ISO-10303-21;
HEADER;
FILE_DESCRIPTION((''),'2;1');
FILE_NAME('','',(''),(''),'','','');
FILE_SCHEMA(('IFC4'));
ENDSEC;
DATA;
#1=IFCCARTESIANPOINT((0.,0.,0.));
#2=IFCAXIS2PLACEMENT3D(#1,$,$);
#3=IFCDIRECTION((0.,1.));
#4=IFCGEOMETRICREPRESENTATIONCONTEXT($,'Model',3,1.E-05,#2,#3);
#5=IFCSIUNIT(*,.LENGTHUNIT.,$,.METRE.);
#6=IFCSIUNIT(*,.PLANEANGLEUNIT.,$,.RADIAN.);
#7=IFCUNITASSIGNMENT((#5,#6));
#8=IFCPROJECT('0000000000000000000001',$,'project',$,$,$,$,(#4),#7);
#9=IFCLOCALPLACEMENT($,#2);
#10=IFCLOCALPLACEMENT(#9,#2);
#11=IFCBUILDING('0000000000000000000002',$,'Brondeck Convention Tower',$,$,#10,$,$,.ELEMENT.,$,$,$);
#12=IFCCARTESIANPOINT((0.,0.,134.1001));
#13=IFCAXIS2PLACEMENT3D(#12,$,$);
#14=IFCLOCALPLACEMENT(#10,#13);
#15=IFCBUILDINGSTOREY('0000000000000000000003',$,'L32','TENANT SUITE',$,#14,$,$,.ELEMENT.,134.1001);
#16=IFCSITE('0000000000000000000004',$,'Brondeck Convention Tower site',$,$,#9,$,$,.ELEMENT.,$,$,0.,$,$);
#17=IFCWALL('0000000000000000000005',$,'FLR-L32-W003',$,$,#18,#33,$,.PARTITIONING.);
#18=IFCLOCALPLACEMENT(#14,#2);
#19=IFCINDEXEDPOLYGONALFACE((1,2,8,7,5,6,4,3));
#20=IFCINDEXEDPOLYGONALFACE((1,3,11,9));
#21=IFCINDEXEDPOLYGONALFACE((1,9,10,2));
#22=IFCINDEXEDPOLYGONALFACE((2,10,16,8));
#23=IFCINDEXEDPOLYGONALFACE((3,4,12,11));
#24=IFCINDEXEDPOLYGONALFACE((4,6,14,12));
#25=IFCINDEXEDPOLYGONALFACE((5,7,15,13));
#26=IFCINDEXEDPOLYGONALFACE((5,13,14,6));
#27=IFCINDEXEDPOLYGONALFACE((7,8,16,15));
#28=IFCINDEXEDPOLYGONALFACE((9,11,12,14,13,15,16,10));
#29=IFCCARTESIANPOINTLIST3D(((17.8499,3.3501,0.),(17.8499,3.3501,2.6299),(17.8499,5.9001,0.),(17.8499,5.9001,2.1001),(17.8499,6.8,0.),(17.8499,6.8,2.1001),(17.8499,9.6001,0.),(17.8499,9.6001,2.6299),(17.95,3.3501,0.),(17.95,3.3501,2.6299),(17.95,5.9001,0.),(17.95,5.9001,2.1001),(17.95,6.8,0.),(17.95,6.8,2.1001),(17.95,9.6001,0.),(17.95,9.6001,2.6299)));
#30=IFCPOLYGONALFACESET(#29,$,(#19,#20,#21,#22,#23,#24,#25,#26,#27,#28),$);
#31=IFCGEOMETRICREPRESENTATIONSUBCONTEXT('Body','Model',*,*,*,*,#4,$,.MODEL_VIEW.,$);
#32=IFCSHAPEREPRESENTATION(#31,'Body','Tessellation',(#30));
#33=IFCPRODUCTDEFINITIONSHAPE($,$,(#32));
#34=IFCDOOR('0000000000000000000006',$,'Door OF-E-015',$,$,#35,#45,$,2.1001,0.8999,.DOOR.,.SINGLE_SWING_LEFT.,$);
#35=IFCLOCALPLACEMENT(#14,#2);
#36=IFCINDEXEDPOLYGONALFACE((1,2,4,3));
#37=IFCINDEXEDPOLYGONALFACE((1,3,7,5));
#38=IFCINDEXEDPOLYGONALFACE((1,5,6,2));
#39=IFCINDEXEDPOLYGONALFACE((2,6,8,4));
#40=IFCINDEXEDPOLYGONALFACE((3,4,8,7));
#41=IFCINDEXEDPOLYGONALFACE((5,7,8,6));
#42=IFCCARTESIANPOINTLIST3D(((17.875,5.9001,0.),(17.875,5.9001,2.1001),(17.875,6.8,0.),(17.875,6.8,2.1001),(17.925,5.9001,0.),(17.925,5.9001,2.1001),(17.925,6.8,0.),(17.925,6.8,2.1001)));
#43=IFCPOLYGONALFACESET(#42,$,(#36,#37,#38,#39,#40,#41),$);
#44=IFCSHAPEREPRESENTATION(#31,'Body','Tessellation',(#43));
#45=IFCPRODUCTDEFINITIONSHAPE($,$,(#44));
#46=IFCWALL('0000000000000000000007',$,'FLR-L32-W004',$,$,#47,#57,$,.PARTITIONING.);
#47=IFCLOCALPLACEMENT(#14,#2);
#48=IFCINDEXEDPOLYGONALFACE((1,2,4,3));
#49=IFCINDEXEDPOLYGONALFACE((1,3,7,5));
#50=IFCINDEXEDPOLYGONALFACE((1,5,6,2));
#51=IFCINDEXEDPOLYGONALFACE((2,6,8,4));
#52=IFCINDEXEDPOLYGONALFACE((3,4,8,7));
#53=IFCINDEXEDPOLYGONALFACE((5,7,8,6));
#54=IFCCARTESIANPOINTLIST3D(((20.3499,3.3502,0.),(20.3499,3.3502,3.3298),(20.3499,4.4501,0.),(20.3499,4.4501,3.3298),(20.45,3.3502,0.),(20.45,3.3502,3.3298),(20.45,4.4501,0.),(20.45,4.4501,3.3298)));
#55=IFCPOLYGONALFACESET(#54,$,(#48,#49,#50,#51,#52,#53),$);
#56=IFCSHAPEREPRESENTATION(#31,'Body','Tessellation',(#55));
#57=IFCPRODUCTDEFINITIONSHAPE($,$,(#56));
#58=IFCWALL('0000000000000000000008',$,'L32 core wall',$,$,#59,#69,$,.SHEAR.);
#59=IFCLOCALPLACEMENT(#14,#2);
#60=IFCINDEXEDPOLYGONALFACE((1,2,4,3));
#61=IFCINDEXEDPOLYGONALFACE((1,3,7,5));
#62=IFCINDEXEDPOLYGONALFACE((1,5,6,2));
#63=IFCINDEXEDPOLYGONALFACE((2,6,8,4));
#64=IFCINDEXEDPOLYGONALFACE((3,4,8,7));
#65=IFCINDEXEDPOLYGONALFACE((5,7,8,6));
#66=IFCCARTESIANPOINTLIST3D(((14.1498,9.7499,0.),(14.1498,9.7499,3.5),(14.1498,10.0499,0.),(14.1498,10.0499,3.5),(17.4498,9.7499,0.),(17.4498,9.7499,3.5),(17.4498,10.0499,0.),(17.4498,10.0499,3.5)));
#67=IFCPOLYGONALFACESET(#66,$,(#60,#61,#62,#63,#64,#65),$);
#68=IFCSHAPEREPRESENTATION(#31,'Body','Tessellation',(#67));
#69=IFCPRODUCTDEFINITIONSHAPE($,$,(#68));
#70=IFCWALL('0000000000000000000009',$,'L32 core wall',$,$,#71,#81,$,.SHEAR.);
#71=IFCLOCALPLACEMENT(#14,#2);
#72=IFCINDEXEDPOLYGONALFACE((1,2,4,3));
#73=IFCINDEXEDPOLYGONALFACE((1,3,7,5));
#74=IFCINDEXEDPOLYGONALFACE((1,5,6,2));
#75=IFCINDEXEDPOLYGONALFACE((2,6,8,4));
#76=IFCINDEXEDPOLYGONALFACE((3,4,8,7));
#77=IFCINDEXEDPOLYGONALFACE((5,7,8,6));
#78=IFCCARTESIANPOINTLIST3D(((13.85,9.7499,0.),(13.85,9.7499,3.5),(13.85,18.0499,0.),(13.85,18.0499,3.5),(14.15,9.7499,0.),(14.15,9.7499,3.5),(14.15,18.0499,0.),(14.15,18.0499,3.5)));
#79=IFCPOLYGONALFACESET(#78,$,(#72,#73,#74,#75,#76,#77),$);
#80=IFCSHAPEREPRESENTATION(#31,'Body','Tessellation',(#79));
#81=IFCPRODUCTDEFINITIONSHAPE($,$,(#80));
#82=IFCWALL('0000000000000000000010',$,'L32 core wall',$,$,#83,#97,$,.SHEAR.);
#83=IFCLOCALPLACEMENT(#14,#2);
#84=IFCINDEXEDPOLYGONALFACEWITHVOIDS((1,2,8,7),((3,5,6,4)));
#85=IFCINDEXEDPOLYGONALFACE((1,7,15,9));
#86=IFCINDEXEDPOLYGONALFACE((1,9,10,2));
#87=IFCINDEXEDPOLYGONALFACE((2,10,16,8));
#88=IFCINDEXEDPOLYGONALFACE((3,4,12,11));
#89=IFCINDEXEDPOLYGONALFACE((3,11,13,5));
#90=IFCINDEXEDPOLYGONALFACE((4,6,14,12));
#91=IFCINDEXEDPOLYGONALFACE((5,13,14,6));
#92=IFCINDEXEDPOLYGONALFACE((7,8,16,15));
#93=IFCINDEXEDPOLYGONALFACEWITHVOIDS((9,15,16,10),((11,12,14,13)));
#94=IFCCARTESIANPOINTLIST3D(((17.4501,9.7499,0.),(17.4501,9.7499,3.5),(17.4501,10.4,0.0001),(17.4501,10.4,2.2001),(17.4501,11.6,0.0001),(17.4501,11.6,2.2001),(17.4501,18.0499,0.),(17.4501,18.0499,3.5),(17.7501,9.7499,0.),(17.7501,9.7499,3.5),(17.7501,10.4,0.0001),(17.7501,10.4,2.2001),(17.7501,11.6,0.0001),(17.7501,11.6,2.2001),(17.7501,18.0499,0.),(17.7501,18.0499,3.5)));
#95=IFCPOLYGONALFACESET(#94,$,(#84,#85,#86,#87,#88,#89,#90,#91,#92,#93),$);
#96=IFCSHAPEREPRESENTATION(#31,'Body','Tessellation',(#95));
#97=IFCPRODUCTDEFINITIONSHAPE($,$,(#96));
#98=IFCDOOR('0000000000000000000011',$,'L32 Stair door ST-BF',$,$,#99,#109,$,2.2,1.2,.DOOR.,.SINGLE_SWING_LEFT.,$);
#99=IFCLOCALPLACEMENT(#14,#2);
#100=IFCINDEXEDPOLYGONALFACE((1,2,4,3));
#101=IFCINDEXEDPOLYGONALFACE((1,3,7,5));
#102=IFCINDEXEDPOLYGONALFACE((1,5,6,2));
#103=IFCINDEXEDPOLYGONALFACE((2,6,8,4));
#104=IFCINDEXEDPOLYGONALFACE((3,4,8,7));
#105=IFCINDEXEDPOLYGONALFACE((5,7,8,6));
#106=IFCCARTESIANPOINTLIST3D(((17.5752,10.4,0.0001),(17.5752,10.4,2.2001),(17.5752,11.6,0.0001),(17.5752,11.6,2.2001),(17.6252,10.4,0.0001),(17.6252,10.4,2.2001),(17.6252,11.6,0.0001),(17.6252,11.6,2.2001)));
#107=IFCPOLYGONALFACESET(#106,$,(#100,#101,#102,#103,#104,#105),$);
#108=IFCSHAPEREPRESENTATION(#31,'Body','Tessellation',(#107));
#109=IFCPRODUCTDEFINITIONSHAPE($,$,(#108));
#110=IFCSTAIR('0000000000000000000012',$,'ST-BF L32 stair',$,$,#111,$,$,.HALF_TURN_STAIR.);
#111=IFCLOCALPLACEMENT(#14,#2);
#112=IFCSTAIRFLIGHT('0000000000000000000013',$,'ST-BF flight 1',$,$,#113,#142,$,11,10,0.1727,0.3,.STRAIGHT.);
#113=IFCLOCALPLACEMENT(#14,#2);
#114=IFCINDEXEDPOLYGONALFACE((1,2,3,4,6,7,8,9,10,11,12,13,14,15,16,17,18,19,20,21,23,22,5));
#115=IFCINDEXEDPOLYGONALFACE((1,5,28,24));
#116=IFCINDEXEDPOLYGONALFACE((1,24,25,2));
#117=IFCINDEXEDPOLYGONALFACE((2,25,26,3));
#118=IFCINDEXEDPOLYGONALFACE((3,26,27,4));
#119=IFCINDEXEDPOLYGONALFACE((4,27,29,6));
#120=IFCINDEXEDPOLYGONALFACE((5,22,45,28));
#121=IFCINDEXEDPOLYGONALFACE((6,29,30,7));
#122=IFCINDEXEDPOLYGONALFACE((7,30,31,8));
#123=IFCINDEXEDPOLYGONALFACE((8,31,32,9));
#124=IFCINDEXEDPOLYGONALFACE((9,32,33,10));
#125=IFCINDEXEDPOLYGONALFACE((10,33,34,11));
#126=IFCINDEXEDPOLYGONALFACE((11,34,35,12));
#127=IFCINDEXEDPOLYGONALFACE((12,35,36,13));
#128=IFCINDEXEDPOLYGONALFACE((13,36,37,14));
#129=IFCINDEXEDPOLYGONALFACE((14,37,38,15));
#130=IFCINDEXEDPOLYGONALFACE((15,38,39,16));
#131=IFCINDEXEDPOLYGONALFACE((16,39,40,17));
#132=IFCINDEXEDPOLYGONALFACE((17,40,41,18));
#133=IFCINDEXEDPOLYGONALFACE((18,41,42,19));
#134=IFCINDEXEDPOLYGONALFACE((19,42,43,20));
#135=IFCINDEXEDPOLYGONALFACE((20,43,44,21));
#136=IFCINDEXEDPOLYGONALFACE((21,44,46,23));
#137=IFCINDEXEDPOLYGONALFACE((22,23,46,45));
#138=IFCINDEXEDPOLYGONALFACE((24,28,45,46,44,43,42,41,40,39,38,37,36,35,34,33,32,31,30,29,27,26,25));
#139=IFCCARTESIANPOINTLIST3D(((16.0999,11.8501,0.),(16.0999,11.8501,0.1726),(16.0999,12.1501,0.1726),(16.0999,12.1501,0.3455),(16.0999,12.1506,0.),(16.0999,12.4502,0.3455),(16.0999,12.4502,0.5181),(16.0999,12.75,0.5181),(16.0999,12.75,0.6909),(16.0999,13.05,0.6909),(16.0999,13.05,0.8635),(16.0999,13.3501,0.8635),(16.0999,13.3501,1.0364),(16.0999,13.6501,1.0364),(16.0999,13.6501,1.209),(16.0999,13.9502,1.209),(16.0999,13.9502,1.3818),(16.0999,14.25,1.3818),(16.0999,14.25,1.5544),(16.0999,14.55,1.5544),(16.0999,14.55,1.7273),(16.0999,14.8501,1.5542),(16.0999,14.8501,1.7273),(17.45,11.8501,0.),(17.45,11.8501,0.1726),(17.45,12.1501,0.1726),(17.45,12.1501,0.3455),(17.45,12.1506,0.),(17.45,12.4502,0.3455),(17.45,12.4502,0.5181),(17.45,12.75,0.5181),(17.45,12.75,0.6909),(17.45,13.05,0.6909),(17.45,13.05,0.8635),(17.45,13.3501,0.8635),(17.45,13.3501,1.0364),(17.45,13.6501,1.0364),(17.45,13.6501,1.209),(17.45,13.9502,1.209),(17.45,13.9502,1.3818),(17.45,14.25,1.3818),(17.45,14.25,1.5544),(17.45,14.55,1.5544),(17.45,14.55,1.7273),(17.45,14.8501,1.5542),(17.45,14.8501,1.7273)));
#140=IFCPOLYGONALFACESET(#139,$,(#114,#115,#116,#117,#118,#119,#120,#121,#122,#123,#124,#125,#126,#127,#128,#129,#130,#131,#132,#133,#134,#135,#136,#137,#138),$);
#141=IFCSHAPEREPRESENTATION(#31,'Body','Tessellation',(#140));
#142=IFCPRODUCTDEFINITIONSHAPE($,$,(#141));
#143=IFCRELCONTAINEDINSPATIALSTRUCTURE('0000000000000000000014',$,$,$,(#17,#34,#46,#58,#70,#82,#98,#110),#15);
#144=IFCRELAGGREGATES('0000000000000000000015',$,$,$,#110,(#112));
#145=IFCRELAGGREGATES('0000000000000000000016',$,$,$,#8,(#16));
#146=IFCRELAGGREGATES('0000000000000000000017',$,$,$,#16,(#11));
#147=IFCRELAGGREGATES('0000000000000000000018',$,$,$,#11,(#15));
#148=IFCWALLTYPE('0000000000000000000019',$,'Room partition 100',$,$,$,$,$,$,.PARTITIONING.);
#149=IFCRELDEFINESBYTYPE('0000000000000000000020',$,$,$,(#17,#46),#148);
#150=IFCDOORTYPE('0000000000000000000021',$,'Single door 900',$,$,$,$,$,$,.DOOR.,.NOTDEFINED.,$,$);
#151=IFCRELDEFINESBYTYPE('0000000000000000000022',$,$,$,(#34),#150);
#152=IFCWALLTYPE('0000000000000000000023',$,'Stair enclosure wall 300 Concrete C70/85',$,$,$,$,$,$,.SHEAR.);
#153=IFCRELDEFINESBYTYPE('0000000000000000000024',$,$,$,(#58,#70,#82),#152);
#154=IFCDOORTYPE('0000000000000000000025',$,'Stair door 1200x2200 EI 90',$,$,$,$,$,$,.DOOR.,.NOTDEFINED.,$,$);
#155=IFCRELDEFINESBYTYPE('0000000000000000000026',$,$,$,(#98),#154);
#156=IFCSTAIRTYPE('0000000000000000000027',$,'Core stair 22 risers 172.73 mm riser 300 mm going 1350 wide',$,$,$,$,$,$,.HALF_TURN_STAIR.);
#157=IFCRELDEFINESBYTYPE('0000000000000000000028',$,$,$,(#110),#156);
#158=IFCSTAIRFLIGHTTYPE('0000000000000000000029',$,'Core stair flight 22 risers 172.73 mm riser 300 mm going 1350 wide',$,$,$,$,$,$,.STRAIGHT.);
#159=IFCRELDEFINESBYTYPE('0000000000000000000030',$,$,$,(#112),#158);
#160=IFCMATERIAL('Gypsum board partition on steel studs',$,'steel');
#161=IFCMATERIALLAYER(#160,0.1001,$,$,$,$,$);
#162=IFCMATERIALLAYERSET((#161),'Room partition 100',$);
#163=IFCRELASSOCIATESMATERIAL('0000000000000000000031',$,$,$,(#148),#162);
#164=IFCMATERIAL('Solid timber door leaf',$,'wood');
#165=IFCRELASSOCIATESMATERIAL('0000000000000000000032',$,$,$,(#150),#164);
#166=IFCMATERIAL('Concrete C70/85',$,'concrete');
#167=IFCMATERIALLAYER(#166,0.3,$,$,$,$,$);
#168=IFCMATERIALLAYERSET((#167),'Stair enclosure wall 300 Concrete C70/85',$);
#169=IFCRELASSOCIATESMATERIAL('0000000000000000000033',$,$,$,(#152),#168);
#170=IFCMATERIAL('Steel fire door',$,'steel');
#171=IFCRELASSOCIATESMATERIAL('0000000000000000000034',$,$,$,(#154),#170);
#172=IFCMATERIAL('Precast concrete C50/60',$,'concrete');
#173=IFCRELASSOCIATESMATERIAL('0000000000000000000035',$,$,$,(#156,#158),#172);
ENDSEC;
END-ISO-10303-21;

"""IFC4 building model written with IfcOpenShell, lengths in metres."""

from ifc_helpers import new_model, si_unit, direction, frame, frame_2d, origin, place, context, subcontext, project, spatial, polyline, rectangle, outline, extrude, material, layer, layer_set, type_object, element, fill, aggregate, save


model = new_model("IFC4")

# Units and contexts
model_context = context("Model", 3, precision=1e-05, world=origin(), true_north=direction((0.0, 1.0)))
body_context = subcontext(model_context, "Body", "Model", "MODEL_VIEW")
ifc_project = project(units=[si_unit("LENGTHUNIT", "METRE"), si_unit("PLANEANGLEUNIT", "RADIAN")], contexts=[model_context])

# Site, building, storey
site_placement = place(None, origin())
site = spatial("IfcSite", under=ifc_project, at=site_placement, Name="Brondeck Convention Tower site", CompositionType="ELEMENT", RefElevation=0.0)
building_placement = place(site_placement, origin())
building = spatial("IfcBuilding", under=site, at=building_placement, Name="Brondeck Convention Tower", CompositionType="ELEMENT")
storey_placement = place(building_placement, frame((0.0, 0.0, 134.1001)))
storey = spatial("IfcBuildingStorey", under=building, at=storey_placement, Name="L32", Description="TENANT SUITE", CompositionType="ELEMENT", Elevation=134.1001)

# Shared definitions
ifc_material_1 = material(Name="Concrete C70/85", Category="concrete")

# Shared definitions
ifc_material_2 = material(Name="Gypsum board partition on steel studs", Category="steel")
ifc_layer_1 = layer(ifc_material_2, 0.1001)
ifc_layer_set_1 = layer_set([ifc_layer_1], Name="Room partition 100")
wall_type_1 = type_object("IfcWallType", Name="Room partition 100", PredefinedType="PARTITIONING", material=ifc_layer_set_1)

# Wall, opening, door
wall_1_placement = place(storey_placement, frame((17.8999, 3.3501, 0.0), z_axis=(0.0, 0.0, 1.0), x_axis=(0.0, 1.0, 0.0)))
wall_1 = element("IfcWall", 1, at=wall_1_placement, inside=storey, type_object=wall_type_1, Name="FLR-L32-W003", PredefinedType="PARTITIONING", context=body_context, shape_type="SweptSolid", body=[
    extrude(rectangle(XDim=6.25, YDim=0.1001, at=frame_2d((3.125, 0.0))), origin(), (0.0, 0.0, 1.0), 2.6299),
])
opening_1_placement = place(wall_1_placement, frame((2.55, 0.0, 0.0)))
opening_1 = element("IfcOpeningElement", 2, at=opening_1_placement, cuts=wall_1, PredefinedType="OPENING", context=body_context, shape_type="SweptSolid", body=[
    extrude(rectangle(XDim=0.8999, YDim=2.1001, at=frame_2d((0.45, 1.05))), frame((0.0, 0.0601, 0.0), z_axis=(0.0, -1.0, 0.0), x_axis=(1.0, 0.0, 0.0)), (0.0, 0.0, 1.0), 0.1201),
])
ifc_material_3 = material(Name="Solid timber door leaf", Category="wood")
door_type_1 = type_object("IfcDoorType", Name="Single door 900", OperationType="NOTDEFINED", PredefinedType="DOOR", material=ifc_material_3)
door_1_placement = place(opening_1_placement, origin())
door_1 = element("IfcDoor", 3, at=door_1_placement, inside=storey, type_object=door_type_1, Name="Door OF-E-015", OperationType="SINGLE_SWING_LEFT", OverallHeight=2.1001, OverallWidth=0.8999, PredefinedType="DOOR", context=body_context, shape_type="SweptSolid", body=[
    extrude(rectangle(XDim=0.8999, YDim=2.1001, at=frame_2d((0.45, 1.05))), frame((0.0, 0.0249, 0.0), z_axis=(0.0, -1.0, 0.0), x_axis=(1.0, 0.0, 0.0)), (0.0, 0.0, 1.0), 0.05),
])
fill(opening_1, door_1)

# Walls
wall_2_placement = place(storey_placement, frame((20.3999, 4.45, 0.0), z_axis=(0.0, 0.0, 1.0), x_axis=(0.0, -1.0, 0.0)))
element("IfcWall", 4, at=wall_2_placement, inside=storey, type_object=wall_type_1, Name="FLR-L32-W004", PredefinedType="PARTITIONING", context=body_context, shape_type="SweptSolid", body=[
    extrude(rectangle(XDim=1.0999, YDim=0.1001, at=frame_2d((0.5498, 0.0))), origin(), (0.0, 0.0, 1.0), 3.3298),
])
ifc_layer_2 = layer(ifc_material_1, 0.3)
ifc_layer_set_2 = layer_set([ifc_layer_2], Name="Stair enclosure wall 300 Concrete C70/85")
wall_type_2 = type_object("IfcWallType", Name="Stair enclosure wall 300 Concrete C70/85", PredefinedType="SHEAR", material=ifc_layer_set_2)
wall_3_placement = place(storey_placement, frame((14.1499, 9.8999, 0.0), z_axis=(0.0, 0.0, 1.0), x_axis=(1.0, 0.0, 0.0)))
element("IfcWall", 5, at=wall_3_placement, inside=storey, type_object=wall_type_2, Name="L32 core wall", PredefinedType="SHEAR", context=body_context, shape_type="SweptSolid", body=[
    extrude(rectangle(XDim=3.3, YDim=0.3, at=frame_2d((1.6499, 0.0))), origin(), (0.0, 0.0, 1.0), 3.5),
])
wall_4_placement = place(storey_placement, frame((14.0, 9.75, 0.0), z_axis=(0.0, 0.0, 1.0), x_axis=(0.0, 1.0, 0.0)))
element("IfcWall", 6, at=wall_4_placement, inside=storey, type_object=wall_type_2, Name="L32 core wall", PredefinedType="SHEAR", context=body_context, shape_type="SweptSolid", body=[
    extrude(rectangle(XDim=8.3, YDim=0.3, at=frame_2d((4.1499, 0.0))), origin(), (0.0, 0.0, 1.0), 3.5),
])

# Wall, opening, door
wall_5_placement = place(storey_placement, frame((17.6001, 9.75, 0.0), z_axis=(0.0, 0.0, 1.0), x_axis=(0.0, 1.0, 0.0)))
wall_5 = element("IfcWall", 7, at=wall_5_placement, inside=storey, type_object=wall_type_2, Name="L32 core wall", PredefinedType="SHEAR", context=body_context, shape_type="SweptSolid", body=[
    extrude(rectangle(XDim=8.3, YDim=0.3, at=frame_2d((4.1499, 0.0))), origin(), (0.0, 0.0, 1.0), 3.5),
])
opening_2_placement = place(wall_5_placement, frame((0.6499, 0.0, 0.0)))
opening_2 = element("IfcOpeningElement", 8, at=opening_2_placement, cuts=wall_5, PredefinedType="OPENING", context=body_context, shape_type="SweptSolid", body=[
    extrude(rectangle(XDim=1.2, YDim=2.2, at=frame_2d((0.6001, 1.1001))), frame((0.0, 0.1599, 0.0), z_axis=(0.0, -1.0, 0.0), x_axis=(1.0, 0.0, 0.0)), (0.0, 0.0, 1.0), 0.3201),
])
ifc_material_4 = material(Name="Steel fire door", Category="steel")
door_type_2 = type_object("IfcDoorType", Name="Stair door 1200x2200 EI 90", OperationType="NOTDEFINED", PredefinedType="DOOR", material=ifc_material_4)
door_2_placement = place(opening_2_placement, origin())
door_2 = element("IfcDoor", 9, at=door_2_placement, inside=storey, type_object=door_type_2, Name="L32 Stair door ST-BF", OperationType="SINGLE_SWING_LEFT", OverallHeight=2.2, OverallWidth=1.2, PredefinedType="DOOR", context=body_context, shape_type="SweptSolid", body=[
    extrude(rectangle(XDim=1.2, YDim=2.2, at=frame_2d((0.6001, 1.1001))), frame((0.0, 0.0249, 0.0), z_axis=(0.0, -1.0, 0.0), x_axis=(1.0, 0.0, 0.0)), (0.0, 0.0, 1.0), 0.05),
])
fill(opening_2, door_2)

# Stair, stair flight
ifc_material_5 = material(Name="Precast concrete C50/60", Category="concrete")
stair_type = type_object("IfcStairType", Name="Core stair 22 risers 172.73 mm riser 300 mm going 1350 wide", PredefinedType="HALF_TURN_STAIR", material=ifc_material_5)
stair_placement = place(storey_placement, origin())
stair = element("IfcStair", 10, at=stair_placement, inside=storey, type_object=stair_type, Name="ST-BF L32 stair", PredefinedType="HALF_TURN_STAIR")
stair_flight_type = type_object("IfcStairFlightType", Name="Core stair flight 22 risers 172.73 mm riser 300 mm going 1350 wide", PredefinedType="STRAIGHT", material=ifc_material_5)
stair_flight_placement = place(storey_placement, frame((16.7749, 11.8501, 0.0), z_axis=(0.0, 0.0, 1.0), x_axis=(0.0, 1.0, 0.0)))
stair_flight = element("IfcStairFlight", 11, at=stair_flight_placement, type_object=stair_flight_type, Name="ST-BF flight 1", NumberOfRisers=11, NumberOfTreads=10, PredefinedType="STRAIGHT", RiserHeight=0.1727, TreadLength=0.3, context=body_context, shape_type="SweptSolid", body=[
    extrude(outline(polyline([(0.0, 0.0), (0.0, 0.1726), (0.3, 0.1726), (0.3, 0.3455), (0.6001, 0.3455), (0.6001, 0.5181), (0.8999, 0.5181), (0.8999, 0.6909), (1.2, 0.6909), (1.2, 0.8635), (1.5, 0.8635), (1.5, 1.0364), (1.8, 1.0364), (1.8, 1.209), (2.1001, 1.209), (2.1001, 1.3818), (2.3999, 1.3818), (2.3999, 1.5544), (2.7, 1.5544), (2.7, 1.7273), (3.0, 1.7273), (3.0, 1.8999), (3.0, 1.5542), (0.3005, 0.0), (0.0, 0.0)])), frame((0.0, 0.675, 0.0), z_axis=(0.0, -1.0, 0.0), x_axis=(1.0, 0.0, 0.0)), (0.0, 0.0, 1.0), 1.3501),
])
aggregate(stair, [stair_flight])

save(model, "model.ifc")
